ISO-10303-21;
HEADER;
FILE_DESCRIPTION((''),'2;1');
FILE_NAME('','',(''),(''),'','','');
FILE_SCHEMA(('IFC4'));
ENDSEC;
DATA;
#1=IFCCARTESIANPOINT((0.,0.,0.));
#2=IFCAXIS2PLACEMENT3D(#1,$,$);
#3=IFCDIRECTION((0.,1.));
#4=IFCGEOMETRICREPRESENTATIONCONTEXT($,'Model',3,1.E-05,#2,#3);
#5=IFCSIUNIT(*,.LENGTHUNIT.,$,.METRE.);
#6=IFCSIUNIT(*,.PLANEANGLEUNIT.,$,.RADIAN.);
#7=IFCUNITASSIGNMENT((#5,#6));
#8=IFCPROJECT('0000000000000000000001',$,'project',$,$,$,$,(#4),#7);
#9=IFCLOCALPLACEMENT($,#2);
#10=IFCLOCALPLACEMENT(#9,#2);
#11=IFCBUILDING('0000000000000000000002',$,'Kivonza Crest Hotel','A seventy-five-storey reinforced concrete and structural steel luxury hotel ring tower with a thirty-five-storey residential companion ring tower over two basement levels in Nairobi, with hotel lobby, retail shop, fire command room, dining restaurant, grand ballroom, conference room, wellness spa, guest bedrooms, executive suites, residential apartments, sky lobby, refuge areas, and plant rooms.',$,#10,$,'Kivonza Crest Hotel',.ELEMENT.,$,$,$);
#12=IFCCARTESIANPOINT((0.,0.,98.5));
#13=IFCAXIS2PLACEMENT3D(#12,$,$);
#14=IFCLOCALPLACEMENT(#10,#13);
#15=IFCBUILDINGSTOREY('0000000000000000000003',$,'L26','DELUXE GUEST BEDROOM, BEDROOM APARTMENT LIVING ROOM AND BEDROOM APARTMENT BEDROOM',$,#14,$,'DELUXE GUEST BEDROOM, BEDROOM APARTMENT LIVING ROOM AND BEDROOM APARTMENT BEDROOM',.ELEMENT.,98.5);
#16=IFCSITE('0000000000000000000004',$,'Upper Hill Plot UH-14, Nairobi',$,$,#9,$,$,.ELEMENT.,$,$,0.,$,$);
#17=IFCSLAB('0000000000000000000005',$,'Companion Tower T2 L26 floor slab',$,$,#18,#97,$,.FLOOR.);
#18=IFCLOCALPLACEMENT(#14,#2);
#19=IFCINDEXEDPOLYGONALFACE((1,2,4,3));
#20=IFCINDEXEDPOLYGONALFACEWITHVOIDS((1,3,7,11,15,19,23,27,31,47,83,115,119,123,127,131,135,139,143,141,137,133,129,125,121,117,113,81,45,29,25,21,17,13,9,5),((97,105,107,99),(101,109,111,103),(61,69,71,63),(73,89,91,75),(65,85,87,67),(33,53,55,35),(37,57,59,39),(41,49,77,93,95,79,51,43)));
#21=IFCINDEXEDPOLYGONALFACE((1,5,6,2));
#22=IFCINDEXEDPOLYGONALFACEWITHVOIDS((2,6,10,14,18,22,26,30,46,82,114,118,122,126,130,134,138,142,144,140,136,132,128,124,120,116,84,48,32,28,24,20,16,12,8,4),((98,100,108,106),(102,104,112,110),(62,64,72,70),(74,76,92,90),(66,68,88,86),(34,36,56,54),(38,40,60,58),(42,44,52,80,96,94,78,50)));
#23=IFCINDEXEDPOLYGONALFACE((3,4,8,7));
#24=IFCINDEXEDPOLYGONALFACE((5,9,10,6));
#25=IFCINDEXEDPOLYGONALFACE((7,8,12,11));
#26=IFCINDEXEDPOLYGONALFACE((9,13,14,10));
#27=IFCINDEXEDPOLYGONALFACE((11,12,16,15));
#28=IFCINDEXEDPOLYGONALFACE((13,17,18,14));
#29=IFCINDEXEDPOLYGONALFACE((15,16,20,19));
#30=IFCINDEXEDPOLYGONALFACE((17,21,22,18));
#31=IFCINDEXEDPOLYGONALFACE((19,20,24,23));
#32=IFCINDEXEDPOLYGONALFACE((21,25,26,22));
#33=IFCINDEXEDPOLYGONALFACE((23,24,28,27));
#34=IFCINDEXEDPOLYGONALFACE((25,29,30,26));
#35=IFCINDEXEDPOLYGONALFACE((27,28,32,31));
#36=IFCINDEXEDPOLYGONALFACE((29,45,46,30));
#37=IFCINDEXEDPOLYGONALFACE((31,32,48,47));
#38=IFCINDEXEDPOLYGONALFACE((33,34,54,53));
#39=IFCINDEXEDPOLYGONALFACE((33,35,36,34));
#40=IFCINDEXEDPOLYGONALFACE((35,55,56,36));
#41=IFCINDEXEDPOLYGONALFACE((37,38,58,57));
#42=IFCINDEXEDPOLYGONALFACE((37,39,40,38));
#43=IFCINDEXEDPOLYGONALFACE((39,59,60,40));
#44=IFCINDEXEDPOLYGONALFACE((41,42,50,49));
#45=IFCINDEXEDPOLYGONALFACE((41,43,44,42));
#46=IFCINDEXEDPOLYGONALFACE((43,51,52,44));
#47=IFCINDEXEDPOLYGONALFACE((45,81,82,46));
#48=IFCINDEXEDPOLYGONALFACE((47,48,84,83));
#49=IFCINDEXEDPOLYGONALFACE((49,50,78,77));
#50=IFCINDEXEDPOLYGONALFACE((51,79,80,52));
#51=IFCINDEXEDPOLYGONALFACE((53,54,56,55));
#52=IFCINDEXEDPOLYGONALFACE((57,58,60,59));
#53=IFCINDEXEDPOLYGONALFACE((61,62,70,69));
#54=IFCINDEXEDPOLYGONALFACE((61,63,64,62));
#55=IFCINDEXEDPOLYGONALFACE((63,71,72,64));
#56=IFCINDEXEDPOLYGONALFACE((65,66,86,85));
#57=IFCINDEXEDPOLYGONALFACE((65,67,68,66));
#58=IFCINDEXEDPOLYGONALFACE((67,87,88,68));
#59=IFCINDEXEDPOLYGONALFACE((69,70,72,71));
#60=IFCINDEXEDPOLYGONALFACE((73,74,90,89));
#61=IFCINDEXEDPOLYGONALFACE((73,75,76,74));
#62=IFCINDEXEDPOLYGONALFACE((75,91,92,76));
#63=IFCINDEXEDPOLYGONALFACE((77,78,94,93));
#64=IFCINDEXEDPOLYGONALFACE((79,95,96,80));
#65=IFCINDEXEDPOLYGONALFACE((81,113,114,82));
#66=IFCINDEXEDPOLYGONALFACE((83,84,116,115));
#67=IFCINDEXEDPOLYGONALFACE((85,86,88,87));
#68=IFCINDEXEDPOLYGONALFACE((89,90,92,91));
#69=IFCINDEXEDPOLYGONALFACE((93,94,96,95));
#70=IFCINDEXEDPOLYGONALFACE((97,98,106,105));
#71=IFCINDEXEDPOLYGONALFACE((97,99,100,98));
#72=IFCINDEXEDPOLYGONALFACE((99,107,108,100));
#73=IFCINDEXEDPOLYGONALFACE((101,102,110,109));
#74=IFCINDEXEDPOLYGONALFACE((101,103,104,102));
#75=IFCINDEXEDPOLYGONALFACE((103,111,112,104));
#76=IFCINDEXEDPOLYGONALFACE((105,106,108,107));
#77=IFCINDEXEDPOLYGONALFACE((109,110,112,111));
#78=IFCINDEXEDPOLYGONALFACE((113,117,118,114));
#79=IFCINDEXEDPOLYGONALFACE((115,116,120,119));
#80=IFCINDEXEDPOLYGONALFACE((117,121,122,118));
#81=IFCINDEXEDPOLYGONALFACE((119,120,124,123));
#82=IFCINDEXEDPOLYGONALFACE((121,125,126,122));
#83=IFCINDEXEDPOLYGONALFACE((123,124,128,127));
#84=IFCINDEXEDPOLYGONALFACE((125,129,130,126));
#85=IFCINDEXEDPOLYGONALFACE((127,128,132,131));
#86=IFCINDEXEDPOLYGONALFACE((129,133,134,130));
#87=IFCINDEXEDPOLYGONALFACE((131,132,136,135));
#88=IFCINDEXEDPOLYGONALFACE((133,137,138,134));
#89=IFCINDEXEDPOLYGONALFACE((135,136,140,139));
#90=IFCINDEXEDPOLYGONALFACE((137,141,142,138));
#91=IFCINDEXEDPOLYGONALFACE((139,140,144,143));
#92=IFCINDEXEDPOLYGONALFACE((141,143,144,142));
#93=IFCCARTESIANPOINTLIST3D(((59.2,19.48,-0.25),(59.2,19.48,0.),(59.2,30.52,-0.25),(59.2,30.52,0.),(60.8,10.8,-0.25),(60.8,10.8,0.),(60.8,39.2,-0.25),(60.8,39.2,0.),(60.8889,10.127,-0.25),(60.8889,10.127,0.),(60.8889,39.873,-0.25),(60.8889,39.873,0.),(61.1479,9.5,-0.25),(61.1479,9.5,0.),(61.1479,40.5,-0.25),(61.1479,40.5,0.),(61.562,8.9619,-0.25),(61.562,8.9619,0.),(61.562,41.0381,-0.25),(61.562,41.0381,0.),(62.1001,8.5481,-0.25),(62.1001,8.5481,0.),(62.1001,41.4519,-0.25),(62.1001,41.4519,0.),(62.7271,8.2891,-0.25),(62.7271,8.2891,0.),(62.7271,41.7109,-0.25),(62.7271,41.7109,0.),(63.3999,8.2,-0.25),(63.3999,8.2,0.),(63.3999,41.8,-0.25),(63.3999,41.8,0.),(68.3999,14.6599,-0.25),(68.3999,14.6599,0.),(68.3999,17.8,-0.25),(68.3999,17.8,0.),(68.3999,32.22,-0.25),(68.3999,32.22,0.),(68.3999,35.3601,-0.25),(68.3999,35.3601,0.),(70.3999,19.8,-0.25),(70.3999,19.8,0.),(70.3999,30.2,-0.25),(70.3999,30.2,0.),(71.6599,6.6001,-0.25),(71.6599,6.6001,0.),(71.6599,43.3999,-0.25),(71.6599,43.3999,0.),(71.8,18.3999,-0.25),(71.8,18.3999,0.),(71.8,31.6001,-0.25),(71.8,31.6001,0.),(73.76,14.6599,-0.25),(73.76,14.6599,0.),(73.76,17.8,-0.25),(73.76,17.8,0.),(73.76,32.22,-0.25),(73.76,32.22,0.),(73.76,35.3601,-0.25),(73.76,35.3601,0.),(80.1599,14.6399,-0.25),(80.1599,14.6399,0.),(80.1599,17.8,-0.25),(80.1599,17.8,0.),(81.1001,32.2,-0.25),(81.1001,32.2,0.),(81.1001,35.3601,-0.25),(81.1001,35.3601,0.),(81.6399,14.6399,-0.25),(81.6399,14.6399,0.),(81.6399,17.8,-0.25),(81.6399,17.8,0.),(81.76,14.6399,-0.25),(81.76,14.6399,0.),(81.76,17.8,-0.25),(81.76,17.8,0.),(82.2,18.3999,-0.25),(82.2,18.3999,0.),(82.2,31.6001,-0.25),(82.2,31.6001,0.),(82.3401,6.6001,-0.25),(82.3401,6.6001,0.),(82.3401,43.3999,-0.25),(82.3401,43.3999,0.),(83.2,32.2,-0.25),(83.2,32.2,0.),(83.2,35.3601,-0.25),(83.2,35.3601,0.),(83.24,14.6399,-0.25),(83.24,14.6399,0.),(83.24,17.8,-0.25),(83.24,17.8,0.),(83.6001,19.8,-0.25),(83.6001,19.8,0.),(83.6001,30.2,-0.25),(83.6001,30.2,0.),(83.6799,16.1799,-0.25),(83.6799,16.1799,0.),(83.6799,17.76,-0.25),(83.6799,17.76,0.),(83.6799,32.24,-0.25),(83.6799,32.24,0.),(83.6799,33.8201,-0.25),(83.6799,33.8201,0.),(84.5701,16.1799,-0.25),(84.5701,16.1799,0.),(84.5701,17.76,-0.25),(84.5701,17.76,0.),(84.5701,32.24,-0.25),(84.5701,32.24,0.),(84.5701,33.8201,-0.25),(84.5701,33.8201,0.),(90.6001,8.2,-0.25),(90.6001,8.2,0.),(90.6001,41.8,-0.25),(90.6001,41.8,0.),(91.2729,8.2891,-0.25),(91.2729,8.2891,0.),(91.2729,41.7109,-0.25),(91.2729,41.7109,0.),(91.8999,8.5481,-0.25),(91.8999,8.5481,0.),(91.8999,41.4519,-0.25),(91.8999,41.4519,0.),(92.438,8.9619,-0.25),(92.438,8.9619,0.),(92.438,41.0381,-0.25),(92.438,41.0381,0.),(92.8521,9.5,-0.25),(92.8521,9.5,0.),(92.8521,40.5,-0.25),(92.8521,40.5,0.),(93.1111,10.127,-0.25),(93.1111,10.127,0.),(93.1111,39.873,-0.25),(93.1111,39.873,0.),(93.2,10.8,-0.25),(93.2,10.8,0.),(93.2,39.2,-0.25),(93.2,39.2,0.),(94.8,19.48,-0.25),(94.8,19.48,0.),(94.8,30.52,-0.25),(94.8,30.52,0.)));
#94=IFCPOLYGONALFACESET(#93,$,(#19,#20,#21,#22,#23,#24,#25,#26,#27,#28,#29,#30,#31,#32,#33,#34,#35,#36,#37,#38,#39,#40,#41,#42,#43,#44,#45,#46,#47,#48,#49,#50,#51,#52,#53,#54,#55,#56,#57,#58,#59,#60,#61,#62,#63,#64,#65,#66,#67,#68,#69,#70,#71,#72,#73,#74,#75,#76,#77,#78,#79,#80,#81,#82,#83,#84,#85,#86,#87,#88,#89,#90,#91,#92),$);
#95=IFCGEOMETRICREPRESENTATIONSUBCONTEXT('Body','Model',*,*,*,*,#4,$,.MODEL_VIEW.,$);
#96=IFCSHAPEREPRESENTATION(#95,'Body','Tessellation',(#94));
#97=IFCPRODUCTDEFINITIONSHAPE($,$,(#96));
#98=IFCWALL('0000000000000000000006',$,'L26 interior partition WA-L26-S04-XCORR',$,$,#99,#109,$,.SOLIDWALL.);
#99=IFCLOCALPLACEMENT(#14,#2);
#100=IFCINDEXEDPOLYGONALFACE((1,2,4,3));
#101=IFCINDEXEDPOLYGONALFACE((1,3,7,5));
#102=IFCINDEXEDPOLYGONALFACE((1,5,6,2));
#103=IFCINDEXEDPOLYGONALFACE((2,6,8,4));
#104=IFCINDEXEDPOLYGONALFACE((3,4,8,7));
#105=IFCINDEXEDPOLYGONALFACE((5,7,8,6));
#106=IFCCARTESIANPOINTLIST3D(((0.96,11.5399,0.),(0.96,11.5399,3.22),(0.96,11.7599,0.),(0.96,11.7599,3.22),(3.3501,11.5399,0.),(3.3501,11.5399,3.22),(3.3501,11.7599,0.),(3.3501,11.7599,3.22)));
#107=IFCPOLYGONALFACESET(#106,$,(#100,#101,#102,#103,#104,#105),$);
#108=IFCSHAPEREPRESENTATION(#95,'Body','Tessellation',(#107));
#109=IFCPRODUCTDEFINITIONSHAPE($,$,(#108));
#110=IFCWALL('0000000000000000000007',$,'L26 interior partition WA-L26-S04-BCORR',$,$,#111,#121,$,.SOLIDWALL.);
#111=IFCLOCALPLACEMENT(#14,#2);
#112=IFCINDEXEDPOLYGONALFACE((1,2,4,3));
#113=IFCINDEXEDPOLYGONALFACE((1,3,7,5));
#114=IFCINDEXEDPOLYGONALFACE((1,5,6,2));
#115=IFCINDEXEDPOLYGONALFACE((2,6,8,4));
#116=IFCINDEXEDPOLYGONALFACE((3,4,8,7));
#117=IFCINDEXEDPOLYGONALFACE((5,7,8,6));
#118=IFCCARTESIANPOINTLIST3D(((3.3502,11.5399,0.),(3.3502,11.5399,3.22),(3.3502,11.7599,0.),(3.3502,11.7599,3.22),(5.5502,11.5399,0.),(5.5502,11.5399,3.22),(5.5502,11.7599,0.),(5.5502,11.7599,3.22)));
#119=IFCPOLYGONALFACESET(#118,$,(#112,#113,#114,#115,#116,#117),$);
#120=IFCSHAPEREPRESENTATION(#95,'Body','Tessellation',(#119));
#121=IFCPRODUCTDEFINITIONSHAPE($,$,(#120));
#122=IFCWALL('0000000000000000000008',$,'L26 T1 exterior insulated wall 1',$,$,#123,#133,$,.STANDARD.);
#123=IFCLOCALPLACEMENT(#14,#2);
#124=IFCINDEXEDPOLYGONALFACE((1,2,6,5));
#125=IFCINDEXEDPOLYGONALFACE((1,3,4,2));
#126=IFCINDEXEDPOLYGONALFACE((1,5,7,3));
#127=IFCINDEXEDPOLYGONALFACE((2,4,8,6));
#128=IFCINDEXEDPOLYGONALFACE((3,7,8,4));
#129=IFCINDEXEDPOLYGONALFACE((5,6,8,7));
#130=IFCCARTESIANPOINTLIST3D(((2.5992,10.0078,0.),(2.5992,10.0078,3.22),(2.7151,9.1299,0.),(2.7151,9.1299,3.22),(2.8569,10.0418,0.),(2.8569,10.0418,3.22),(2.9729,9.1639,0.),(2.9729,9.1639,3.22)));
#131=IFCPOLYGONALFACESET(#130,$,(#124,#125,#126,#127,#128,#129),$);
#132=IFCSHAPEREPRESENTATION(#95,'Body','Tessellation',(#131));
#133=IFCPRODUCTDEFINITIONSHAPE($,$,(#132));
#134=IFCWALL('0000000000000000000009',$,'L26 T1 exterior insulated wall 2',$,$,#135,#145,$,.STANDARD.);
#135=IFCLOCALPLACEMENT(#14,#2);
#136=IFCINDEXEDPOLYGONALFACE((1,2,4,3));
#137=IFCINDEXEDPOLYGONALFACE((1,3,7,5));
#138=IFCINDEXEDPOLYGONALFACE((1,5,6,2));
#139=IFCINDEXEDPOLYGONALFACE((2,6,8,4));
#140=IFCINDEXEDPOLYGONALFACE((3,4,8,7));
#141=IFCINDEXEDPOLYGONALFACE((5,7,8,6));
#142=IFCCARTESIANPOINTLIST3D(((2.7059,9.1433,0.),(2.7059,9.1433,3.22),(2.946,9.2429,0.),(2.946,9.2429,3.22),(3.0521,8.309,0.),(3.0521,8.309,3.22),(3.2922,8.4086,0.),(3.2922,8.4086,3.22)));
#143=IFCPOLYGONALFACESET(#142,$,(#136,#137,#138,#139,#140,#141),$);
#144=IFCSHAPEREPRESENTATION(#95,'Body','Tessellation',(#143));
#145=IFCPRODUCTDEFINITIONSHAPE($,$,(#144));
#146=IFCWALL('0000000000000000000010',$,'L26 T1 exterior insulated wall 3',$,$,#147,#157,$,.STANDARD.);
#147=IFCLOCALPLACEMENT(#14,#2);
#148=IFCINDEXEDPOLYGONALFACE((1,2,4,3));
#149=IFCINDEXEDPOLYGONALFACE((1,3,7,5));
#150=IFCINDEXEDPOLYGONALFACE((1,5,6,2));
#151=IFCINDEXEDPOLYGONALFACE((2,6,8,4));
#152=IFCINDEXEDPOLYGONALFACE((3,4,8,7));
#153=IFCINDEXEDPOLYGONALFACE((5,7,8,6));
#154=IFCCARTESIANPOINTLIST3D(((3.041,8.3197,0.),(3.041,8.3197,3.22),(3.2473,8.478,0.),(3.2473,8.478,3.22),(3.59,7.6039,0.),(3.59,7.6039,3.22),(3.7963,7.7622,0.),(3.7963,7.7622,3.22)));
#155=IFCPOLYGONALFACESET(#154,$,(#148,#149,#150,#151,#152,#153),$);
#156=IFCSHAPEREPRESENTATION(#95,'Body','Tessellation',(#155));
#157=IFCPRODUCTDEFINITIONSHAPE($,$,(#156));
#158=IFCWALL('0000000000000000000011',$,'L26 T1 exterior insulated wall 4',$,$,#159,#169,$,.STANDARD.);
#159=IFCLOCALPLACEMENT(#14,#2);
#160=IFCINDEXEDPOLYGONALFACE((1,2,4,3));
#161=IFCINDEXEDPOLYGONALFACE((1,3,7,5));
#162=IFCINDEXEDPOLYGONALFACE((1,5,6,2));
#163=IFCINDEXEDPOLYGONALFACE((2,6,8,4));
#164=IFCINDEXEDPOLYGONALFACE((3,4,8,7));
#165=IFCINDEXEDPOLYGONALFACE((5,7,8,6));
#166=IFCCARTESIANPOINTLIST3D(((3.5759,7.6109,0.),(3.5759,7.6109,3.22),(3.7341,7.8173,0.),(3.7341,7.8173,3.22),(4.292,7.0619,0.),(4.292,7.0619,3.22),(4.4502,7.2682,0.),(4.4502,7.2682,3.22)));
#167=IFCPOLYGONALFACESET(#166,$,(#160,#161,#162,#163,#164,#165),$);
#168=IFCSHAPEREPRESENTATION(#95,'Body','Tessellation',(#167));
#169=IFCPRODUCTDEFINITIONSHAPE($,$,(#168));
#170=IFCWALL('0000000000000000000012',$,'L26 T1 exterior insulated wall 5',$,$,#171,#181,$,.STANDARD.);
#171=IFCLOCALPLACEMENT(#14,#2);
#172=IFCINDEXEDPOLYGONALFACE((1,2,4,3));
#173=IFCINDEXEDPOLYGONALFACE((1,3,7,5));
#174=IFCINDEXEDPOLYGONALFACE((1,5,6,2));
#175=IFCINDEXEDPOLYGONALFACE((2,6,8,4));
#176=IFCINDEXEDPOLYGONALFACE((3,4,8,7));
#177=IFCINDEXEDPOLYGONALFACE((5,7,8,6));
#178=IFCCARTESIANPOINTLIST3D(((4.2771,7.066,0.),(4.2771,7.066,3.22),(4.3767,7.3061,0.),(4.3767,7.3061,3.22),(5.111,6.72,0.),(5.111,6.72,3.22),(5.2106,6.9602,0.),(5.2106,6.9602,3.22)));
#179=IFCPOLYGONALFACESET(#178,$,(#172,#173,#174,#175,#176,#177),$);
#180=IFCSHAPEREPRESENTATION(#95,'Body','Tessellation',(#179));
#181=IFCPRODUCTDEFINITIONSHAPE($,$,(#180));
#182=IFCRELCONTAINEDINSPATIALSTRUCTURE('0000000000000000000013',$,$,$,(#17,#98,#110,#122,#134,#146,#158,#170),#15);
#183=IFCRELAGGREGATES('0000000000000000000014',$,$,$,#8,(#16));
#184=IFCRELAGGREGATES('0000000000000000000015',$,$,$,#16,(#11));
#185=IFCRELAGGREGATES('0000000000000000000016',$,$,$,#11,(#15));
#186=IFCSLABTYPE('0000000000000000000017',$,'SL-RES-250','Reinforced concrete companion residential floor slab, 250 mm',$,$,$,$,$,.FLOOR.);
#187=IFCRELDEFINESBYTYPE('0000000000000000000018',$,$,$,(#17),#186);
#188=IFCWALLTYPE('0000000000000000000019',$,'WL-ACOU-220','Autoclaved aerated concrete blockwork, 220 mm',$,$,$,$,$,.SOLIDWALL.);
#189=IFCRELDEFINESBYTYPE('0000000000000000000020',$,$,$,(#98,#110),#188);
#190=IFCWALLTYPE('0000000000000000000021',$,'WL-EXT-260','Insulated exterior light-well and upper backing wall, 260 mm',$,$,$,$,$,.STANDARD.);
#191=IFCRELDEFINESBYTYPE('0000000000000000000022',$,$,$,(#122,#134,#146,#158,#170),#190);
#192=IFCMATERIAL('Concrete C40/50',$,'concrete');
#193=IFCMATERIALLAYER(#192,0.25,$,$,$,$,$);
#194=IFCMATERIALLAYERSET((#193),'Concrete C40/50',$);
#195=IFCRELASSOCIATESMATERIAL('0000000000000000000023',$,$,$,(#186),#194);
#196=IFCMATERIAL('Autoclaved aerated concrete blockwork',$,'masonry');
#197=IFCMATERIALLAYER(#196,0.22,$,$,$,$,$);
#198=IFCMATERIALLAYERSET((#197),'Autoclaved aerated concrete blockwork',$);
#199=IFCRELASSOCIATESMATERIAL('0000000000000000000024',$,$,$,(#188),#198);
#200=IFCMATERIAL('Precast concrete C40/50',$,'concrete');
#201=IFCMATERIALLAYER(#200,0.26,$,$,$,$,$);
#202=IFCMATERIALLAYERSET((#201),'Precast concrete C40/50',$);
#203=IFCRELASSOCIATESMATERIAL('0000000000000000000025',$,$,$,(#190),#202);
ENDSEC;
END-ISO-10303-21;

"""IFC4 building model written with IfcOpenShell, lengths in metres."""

from ifc_helpers import new_model, si_unit, direction, frame, frame_2d, origin, place, context, subcontext, project, spatial, polyline, rectangle, outline, extrude, material, layer, layer_set, type_object, element, save


model = new_model("IFC4")

# Units and contexts
model_context = context("Model", 3, precision=1e-05, world=origin(), true_north=direction((0.0, 1.0)))
body_context = subcontext(model_context, "Body", "Model", "MODEL_VIEW")
ifc_project = project(units=[si_unit("LENGTHUNIT", "METRE"), si_unit("PLANEANGLEUNIT", "RADIAN")], contexts=[model_context])

# Site, building, storey
site_placement = place(None, origin())
site = spatial("IfcSite", under=ifc_project, at=site_placement, Name="Upper Hill Plot UH-14, Nairobi", CompositionType="ELEMENT", RefElevation=0.0)
building_placement = place(site_placement, origin())
building = spatial("IfcBuilding", under=site, at=building_placement, Name="Kivonza Crest Hotel", Description="A seventy-five-storey reinforced concrete and structural steel luxury hotel ring tower with a thirty-five-storey residential companion ring tower over two basement levels in Nairobi, with hotel lobby, retail shop, fire command room, dining restaurant, grand ballroom, conference room, wellness spa, guest bedrooms, executive suites, residential apartments, sky lobby, refuge areas, and plant rooms.", LongName="Kivonza Crest Hotel", CompositionType="ELEMENT")
storey_placement = place(building_placement, frame((0.0, 0.0, 98.5)))
storey = spatial("IfcBuildingStorey", under=building, at=storey_placement, Name="L26", Description="DELUXE GUEST BEDROOM, BEDROOM APARTMENT LIVING ROOM AND BEDROOM APARTMENT BEDROOM", LongName="DELUXE GUEST BEDROOM, BEDROOM APARTMENT LIVING ROOM AND BEDROOM APARTMENT BEDROOM", CompositionType="ELEMENT", Elevation=98.5)

# Shared definitions
ifc_material_1 = material(Name="Concrete C40/50", Category="concrete")

# Slab
ifc_layer_1 = layer(ifc_material_1, 0.25)
ifc_layer_set_1 = layer_set([ifc_layer_1], Name="Concrete C40/50")
slab_type_1 = type_object("IfcSlabType", Name="SL-RES-250", Description="Reinforced concrete companion residential floor slab, 250 mm", PredefinedType="FLOOR", material=ifc_layer_set_1)
slab_1_placement = place(storey_placement, frame((0.0, 0.0, -0.25)))
element("IfcSlab", 1, at=slab_1_placement, inside=storey, type_object=slab_type_1, Name="Companion Tower T2 L26 floor slab", PredefinedType="FLOOR", context=body_context, shape_type="SweptSolid", body=[
    extrude(outline(polyline([(60.8, 10.8), (60.8889, 10.127), (61.1479, 9.5), (61.562, 8.9619), (62.1001, 8.5481), (62.7271, 8.2891), (63.3999, 8.2), (71.6599, 6.6001), (82.3401, 6.6001), (90.6001, 8.2), (91.2729, 8.2891), (91.8999, 8.5481), (92.438, 8.9619), (92.8521, 9.5), (93.1111, 10.127), (93.2, 10.8), (94.8, 19.48), (94.8, 30.52), (93.2, 39.2), (93.1111, 39.873), (92.8521, 40.5), (92.438, 41.0381), (91.8999, 41.4519), (91.2729, 41.7109), (90.6001, 41.8), (82.3401, 43.3999), (71.6599, 43.3999), (63.3999, 41.8), (62.7271, 41.7109), (62.1001, 41.4519), (61.562, 41.0381), (61.1479, 40.5), (60.8889, 39.873), (60.8, 39.2), (59.2, 30.52), (59.2, 19.48), (60.8, 10.8)]), holes=[polyline([(71.8, 18.3999), (82.2, 18.3999), (83.6001, 19.8), (83.6001, 30.2), (82.2, 31.6001), (71.8, 31.6001), (70.3999, 30.2), (70.3999, 19.8), (71.8, 18.3999)]), polyline([(68.3999, 32.22), (73.76, 32.22), (73.76, 35.3601), (68.3999, 35.3601), (68.3999, 32.22)]), polyline([(68.3999, 14.6599), (73.76, 14.6599), (73.76, 17.8), (68.3999, 17.8), (68.3999, 14.6599)]), polyline([(83.6799, 32.24), (84.5701, 32.24), (84.5701, 33.8201), (83.6799, 33.8201), (83.6799, 32.24)]), polyline([(83.6799, 16.1799), (84.5701, 16.1799), (84.5701, 17.76), (83.6799, 17.76), (83.6799, 16.1799)]), polyline([(81.1001, 32.2), (83.2, 32.2), (83.2, 35.3601), (81.1001, 35.3601), (81.1001, 32.2)]), polyline([(80.1599, 14.6399), (81.6399, 14.6399), (81.6399, 17.8), (80.1599, 17.8), (80.1599, 14.6399)]), polyline([(81.76, 14.6399), (83.24, 14.6399), (83.24, 17.8), (81.76, 17.8), (81.76, 14.6399)])]), origin(), (0.0, 0.0, 1.0), 0.25),
])

# Walls
ifc_material_2 = material(Name="Autoclaved aerated concrete blockwork", Category="masonry")
ifc_layer_2 = layer(ifc_material_2, 0.22)
ifc_layer_set_2 = layer_set([ifc_layer_2], Name="Autoclaved aerated concrete blockwork")
wall_type_1 = type_object("IfcWallType", Name="WL-ACOU-220", Description="Autoclaved aerated concrete blockwork, 220 mm", PredefinedType="SOLIDWALL", material=ifc_layer_set_2)
wall_1_placement = place(storey_placement, frame((0.96, 11.6499, 0.0), z_axis=(0.0, 0.0, 1.0), x_axis=(1.0, 0.0, 0.0)))
element("IfcWall", 2, at=wall_1_placement, inside=storey, type_object=wall_type_1, Name="L26 interior partition WA-L26-S04-XCORR", PredefinedType="SOLIDWALL", context=body_context, shape_type="SweptSolid", body=[
    extrude(rectangle(XDim=2.3901, YDim=0.22, at=frame_2d((1.1951, 0.0))), origin(), (0.0, 0.0, 1.0), 3.22),
])
wall_2_placement = place(storey_placement, frame((3.3501, 11.6499, 0.0), z_axis=(0.0, 0.0, 1.0), x_axis=(1.0, 0.0, 0.0)))
element("IfcWall", 3, at=wall_2_placement, inside=storey, type_object=wall_type_1, Name="L26 interior partition WA-L26-S04-BCORR", PredefinedType="SOLIDWALL", context=body_context, shape_type="SweptSolid", body=[
    extrude(rectangle(XDim=2.2, YDim=0.22, at=frame_2d((1.1001, 0.0))), origin(), (0.0, 0.0, 1.0), 3.22),
])
ifc_material_3 = material(Name="Precast concrete C40/50", Category="concrete")
ifc_layer_3 = layer(ifc_material_3, 0.26)
ifc_layer_set_3 = layer_set([ifc_layer_3], Name="Precast concrete C40/50")
wall_type_2 = type_object("IfcWallType", Name="WL-EXT-260", Description="Insulated exterior light-well and upper backing wall, 260 mm", PredefinedType="STANDARD", material=ifc_layer_set_3)
wall_3_placement = place(storey_placement, frame((2.728, 10.0249, 0.0), z_axis=(0.0, 0.0, 1.0), x_axis=(0.130954, -0.991388, 0.0)))
element("IfcWall", 4, at=wall_3_placement, inside=storey, type_object=wall_type_2, Name="L26 T1 exterior insulated wall 1", PredefinedType="STANDARD", context=body_context, shape_type="SweptSolid", body=[
    extrude(rectangle(XDim=0.8855, YDim=0.26, at=frame_2d((0.4429, 0.0))), origin(), (0.0, 0.0, 1.0), 3.22),
])
wall_4_placement = place(storey_placement, frame((2.8259, 9.1931, 0.0), z_axis=(0.0, 0.0, 1.0), x_axis=(0.383291, -0.923628, 0.0)))
element("IfcWall", 5, at=wall_4_placement, inside=storey, type_object=wall_type_2, Name="L26 T1 exterior insulated wall 2", PredefinedType="STANDARD", context=body_context, shape_type="SweptSolid", body=[
    extrude(rectangle(XDim=0.9033, YDim=0.26, at=frame_2d((0.4517, 0.0))), origin(), (0.0, 0.0, 1.0), 3.22),
])
wall_5_placement = place(storey_placement, frame((3.144, 8.3989, 0.0), z_axis=(0.0, 0.0, 1.0), x_axis=(0.608625, -0.793458, 0.0)))
element("IfcWall", 6, at=wall_5_placement, inside=storey, type_object=wall_type_2, Name="L26 T1 exterior insulated wall 3", PredefinedType="STANDARD", context=body_context, shape_type="SweptSolid", body=[
    extrude(rectangle(XDim=0.9021, YDim=0.26, at=frame_2d((0.4512, 0.0))), origin(), (0.0, 0.0, 1.0), 3.22),
])
wall_6_placement = place(storey_placement, frame((3.655, 7.7141, 0.0), z_axis=(0.0, 0.0, 1.0), x_axis=(0.793558, -0.608494, 0.0)))
element("IfcWall", 7, at=wall_6_placement, inside=storey, type_object=wall_type_2, Name="L26 T1 exterior insulated wall 4", PredefinedType="STANDARD", context=body_context, shape_type="SweptSolid", body=[
    extrude(rectangle(XDim=0.9023, YDim=0.26, at=frame_2d((0.4512, 0.0))), origin(), (0.0, 0.0, 1.0), 3.22),
])
wall_7_placement = place(storey_placement, frame((4.3269, 7.186, 0.0), z_axis=(0.0, 0.0, 1.0), x_axis=(0.923684, -0.383156, 0.0)))
element("IfcWall", 8, at=wall_7_placement, inside=storey, type_object=wall_type_2, Name="L26 T1 exterior insulated wall 5", PredefinedType="STANDARD", context=body_context, shape_type="SweptSolid", body=[
    extrude(rectangle(XDim=0.9028, YDim=0.26, at=frame_2d((0.4514, 0.0))), origin(), (0.0, 0.0, 1.0), 3.22),
])

save(model, "model.ifc")
